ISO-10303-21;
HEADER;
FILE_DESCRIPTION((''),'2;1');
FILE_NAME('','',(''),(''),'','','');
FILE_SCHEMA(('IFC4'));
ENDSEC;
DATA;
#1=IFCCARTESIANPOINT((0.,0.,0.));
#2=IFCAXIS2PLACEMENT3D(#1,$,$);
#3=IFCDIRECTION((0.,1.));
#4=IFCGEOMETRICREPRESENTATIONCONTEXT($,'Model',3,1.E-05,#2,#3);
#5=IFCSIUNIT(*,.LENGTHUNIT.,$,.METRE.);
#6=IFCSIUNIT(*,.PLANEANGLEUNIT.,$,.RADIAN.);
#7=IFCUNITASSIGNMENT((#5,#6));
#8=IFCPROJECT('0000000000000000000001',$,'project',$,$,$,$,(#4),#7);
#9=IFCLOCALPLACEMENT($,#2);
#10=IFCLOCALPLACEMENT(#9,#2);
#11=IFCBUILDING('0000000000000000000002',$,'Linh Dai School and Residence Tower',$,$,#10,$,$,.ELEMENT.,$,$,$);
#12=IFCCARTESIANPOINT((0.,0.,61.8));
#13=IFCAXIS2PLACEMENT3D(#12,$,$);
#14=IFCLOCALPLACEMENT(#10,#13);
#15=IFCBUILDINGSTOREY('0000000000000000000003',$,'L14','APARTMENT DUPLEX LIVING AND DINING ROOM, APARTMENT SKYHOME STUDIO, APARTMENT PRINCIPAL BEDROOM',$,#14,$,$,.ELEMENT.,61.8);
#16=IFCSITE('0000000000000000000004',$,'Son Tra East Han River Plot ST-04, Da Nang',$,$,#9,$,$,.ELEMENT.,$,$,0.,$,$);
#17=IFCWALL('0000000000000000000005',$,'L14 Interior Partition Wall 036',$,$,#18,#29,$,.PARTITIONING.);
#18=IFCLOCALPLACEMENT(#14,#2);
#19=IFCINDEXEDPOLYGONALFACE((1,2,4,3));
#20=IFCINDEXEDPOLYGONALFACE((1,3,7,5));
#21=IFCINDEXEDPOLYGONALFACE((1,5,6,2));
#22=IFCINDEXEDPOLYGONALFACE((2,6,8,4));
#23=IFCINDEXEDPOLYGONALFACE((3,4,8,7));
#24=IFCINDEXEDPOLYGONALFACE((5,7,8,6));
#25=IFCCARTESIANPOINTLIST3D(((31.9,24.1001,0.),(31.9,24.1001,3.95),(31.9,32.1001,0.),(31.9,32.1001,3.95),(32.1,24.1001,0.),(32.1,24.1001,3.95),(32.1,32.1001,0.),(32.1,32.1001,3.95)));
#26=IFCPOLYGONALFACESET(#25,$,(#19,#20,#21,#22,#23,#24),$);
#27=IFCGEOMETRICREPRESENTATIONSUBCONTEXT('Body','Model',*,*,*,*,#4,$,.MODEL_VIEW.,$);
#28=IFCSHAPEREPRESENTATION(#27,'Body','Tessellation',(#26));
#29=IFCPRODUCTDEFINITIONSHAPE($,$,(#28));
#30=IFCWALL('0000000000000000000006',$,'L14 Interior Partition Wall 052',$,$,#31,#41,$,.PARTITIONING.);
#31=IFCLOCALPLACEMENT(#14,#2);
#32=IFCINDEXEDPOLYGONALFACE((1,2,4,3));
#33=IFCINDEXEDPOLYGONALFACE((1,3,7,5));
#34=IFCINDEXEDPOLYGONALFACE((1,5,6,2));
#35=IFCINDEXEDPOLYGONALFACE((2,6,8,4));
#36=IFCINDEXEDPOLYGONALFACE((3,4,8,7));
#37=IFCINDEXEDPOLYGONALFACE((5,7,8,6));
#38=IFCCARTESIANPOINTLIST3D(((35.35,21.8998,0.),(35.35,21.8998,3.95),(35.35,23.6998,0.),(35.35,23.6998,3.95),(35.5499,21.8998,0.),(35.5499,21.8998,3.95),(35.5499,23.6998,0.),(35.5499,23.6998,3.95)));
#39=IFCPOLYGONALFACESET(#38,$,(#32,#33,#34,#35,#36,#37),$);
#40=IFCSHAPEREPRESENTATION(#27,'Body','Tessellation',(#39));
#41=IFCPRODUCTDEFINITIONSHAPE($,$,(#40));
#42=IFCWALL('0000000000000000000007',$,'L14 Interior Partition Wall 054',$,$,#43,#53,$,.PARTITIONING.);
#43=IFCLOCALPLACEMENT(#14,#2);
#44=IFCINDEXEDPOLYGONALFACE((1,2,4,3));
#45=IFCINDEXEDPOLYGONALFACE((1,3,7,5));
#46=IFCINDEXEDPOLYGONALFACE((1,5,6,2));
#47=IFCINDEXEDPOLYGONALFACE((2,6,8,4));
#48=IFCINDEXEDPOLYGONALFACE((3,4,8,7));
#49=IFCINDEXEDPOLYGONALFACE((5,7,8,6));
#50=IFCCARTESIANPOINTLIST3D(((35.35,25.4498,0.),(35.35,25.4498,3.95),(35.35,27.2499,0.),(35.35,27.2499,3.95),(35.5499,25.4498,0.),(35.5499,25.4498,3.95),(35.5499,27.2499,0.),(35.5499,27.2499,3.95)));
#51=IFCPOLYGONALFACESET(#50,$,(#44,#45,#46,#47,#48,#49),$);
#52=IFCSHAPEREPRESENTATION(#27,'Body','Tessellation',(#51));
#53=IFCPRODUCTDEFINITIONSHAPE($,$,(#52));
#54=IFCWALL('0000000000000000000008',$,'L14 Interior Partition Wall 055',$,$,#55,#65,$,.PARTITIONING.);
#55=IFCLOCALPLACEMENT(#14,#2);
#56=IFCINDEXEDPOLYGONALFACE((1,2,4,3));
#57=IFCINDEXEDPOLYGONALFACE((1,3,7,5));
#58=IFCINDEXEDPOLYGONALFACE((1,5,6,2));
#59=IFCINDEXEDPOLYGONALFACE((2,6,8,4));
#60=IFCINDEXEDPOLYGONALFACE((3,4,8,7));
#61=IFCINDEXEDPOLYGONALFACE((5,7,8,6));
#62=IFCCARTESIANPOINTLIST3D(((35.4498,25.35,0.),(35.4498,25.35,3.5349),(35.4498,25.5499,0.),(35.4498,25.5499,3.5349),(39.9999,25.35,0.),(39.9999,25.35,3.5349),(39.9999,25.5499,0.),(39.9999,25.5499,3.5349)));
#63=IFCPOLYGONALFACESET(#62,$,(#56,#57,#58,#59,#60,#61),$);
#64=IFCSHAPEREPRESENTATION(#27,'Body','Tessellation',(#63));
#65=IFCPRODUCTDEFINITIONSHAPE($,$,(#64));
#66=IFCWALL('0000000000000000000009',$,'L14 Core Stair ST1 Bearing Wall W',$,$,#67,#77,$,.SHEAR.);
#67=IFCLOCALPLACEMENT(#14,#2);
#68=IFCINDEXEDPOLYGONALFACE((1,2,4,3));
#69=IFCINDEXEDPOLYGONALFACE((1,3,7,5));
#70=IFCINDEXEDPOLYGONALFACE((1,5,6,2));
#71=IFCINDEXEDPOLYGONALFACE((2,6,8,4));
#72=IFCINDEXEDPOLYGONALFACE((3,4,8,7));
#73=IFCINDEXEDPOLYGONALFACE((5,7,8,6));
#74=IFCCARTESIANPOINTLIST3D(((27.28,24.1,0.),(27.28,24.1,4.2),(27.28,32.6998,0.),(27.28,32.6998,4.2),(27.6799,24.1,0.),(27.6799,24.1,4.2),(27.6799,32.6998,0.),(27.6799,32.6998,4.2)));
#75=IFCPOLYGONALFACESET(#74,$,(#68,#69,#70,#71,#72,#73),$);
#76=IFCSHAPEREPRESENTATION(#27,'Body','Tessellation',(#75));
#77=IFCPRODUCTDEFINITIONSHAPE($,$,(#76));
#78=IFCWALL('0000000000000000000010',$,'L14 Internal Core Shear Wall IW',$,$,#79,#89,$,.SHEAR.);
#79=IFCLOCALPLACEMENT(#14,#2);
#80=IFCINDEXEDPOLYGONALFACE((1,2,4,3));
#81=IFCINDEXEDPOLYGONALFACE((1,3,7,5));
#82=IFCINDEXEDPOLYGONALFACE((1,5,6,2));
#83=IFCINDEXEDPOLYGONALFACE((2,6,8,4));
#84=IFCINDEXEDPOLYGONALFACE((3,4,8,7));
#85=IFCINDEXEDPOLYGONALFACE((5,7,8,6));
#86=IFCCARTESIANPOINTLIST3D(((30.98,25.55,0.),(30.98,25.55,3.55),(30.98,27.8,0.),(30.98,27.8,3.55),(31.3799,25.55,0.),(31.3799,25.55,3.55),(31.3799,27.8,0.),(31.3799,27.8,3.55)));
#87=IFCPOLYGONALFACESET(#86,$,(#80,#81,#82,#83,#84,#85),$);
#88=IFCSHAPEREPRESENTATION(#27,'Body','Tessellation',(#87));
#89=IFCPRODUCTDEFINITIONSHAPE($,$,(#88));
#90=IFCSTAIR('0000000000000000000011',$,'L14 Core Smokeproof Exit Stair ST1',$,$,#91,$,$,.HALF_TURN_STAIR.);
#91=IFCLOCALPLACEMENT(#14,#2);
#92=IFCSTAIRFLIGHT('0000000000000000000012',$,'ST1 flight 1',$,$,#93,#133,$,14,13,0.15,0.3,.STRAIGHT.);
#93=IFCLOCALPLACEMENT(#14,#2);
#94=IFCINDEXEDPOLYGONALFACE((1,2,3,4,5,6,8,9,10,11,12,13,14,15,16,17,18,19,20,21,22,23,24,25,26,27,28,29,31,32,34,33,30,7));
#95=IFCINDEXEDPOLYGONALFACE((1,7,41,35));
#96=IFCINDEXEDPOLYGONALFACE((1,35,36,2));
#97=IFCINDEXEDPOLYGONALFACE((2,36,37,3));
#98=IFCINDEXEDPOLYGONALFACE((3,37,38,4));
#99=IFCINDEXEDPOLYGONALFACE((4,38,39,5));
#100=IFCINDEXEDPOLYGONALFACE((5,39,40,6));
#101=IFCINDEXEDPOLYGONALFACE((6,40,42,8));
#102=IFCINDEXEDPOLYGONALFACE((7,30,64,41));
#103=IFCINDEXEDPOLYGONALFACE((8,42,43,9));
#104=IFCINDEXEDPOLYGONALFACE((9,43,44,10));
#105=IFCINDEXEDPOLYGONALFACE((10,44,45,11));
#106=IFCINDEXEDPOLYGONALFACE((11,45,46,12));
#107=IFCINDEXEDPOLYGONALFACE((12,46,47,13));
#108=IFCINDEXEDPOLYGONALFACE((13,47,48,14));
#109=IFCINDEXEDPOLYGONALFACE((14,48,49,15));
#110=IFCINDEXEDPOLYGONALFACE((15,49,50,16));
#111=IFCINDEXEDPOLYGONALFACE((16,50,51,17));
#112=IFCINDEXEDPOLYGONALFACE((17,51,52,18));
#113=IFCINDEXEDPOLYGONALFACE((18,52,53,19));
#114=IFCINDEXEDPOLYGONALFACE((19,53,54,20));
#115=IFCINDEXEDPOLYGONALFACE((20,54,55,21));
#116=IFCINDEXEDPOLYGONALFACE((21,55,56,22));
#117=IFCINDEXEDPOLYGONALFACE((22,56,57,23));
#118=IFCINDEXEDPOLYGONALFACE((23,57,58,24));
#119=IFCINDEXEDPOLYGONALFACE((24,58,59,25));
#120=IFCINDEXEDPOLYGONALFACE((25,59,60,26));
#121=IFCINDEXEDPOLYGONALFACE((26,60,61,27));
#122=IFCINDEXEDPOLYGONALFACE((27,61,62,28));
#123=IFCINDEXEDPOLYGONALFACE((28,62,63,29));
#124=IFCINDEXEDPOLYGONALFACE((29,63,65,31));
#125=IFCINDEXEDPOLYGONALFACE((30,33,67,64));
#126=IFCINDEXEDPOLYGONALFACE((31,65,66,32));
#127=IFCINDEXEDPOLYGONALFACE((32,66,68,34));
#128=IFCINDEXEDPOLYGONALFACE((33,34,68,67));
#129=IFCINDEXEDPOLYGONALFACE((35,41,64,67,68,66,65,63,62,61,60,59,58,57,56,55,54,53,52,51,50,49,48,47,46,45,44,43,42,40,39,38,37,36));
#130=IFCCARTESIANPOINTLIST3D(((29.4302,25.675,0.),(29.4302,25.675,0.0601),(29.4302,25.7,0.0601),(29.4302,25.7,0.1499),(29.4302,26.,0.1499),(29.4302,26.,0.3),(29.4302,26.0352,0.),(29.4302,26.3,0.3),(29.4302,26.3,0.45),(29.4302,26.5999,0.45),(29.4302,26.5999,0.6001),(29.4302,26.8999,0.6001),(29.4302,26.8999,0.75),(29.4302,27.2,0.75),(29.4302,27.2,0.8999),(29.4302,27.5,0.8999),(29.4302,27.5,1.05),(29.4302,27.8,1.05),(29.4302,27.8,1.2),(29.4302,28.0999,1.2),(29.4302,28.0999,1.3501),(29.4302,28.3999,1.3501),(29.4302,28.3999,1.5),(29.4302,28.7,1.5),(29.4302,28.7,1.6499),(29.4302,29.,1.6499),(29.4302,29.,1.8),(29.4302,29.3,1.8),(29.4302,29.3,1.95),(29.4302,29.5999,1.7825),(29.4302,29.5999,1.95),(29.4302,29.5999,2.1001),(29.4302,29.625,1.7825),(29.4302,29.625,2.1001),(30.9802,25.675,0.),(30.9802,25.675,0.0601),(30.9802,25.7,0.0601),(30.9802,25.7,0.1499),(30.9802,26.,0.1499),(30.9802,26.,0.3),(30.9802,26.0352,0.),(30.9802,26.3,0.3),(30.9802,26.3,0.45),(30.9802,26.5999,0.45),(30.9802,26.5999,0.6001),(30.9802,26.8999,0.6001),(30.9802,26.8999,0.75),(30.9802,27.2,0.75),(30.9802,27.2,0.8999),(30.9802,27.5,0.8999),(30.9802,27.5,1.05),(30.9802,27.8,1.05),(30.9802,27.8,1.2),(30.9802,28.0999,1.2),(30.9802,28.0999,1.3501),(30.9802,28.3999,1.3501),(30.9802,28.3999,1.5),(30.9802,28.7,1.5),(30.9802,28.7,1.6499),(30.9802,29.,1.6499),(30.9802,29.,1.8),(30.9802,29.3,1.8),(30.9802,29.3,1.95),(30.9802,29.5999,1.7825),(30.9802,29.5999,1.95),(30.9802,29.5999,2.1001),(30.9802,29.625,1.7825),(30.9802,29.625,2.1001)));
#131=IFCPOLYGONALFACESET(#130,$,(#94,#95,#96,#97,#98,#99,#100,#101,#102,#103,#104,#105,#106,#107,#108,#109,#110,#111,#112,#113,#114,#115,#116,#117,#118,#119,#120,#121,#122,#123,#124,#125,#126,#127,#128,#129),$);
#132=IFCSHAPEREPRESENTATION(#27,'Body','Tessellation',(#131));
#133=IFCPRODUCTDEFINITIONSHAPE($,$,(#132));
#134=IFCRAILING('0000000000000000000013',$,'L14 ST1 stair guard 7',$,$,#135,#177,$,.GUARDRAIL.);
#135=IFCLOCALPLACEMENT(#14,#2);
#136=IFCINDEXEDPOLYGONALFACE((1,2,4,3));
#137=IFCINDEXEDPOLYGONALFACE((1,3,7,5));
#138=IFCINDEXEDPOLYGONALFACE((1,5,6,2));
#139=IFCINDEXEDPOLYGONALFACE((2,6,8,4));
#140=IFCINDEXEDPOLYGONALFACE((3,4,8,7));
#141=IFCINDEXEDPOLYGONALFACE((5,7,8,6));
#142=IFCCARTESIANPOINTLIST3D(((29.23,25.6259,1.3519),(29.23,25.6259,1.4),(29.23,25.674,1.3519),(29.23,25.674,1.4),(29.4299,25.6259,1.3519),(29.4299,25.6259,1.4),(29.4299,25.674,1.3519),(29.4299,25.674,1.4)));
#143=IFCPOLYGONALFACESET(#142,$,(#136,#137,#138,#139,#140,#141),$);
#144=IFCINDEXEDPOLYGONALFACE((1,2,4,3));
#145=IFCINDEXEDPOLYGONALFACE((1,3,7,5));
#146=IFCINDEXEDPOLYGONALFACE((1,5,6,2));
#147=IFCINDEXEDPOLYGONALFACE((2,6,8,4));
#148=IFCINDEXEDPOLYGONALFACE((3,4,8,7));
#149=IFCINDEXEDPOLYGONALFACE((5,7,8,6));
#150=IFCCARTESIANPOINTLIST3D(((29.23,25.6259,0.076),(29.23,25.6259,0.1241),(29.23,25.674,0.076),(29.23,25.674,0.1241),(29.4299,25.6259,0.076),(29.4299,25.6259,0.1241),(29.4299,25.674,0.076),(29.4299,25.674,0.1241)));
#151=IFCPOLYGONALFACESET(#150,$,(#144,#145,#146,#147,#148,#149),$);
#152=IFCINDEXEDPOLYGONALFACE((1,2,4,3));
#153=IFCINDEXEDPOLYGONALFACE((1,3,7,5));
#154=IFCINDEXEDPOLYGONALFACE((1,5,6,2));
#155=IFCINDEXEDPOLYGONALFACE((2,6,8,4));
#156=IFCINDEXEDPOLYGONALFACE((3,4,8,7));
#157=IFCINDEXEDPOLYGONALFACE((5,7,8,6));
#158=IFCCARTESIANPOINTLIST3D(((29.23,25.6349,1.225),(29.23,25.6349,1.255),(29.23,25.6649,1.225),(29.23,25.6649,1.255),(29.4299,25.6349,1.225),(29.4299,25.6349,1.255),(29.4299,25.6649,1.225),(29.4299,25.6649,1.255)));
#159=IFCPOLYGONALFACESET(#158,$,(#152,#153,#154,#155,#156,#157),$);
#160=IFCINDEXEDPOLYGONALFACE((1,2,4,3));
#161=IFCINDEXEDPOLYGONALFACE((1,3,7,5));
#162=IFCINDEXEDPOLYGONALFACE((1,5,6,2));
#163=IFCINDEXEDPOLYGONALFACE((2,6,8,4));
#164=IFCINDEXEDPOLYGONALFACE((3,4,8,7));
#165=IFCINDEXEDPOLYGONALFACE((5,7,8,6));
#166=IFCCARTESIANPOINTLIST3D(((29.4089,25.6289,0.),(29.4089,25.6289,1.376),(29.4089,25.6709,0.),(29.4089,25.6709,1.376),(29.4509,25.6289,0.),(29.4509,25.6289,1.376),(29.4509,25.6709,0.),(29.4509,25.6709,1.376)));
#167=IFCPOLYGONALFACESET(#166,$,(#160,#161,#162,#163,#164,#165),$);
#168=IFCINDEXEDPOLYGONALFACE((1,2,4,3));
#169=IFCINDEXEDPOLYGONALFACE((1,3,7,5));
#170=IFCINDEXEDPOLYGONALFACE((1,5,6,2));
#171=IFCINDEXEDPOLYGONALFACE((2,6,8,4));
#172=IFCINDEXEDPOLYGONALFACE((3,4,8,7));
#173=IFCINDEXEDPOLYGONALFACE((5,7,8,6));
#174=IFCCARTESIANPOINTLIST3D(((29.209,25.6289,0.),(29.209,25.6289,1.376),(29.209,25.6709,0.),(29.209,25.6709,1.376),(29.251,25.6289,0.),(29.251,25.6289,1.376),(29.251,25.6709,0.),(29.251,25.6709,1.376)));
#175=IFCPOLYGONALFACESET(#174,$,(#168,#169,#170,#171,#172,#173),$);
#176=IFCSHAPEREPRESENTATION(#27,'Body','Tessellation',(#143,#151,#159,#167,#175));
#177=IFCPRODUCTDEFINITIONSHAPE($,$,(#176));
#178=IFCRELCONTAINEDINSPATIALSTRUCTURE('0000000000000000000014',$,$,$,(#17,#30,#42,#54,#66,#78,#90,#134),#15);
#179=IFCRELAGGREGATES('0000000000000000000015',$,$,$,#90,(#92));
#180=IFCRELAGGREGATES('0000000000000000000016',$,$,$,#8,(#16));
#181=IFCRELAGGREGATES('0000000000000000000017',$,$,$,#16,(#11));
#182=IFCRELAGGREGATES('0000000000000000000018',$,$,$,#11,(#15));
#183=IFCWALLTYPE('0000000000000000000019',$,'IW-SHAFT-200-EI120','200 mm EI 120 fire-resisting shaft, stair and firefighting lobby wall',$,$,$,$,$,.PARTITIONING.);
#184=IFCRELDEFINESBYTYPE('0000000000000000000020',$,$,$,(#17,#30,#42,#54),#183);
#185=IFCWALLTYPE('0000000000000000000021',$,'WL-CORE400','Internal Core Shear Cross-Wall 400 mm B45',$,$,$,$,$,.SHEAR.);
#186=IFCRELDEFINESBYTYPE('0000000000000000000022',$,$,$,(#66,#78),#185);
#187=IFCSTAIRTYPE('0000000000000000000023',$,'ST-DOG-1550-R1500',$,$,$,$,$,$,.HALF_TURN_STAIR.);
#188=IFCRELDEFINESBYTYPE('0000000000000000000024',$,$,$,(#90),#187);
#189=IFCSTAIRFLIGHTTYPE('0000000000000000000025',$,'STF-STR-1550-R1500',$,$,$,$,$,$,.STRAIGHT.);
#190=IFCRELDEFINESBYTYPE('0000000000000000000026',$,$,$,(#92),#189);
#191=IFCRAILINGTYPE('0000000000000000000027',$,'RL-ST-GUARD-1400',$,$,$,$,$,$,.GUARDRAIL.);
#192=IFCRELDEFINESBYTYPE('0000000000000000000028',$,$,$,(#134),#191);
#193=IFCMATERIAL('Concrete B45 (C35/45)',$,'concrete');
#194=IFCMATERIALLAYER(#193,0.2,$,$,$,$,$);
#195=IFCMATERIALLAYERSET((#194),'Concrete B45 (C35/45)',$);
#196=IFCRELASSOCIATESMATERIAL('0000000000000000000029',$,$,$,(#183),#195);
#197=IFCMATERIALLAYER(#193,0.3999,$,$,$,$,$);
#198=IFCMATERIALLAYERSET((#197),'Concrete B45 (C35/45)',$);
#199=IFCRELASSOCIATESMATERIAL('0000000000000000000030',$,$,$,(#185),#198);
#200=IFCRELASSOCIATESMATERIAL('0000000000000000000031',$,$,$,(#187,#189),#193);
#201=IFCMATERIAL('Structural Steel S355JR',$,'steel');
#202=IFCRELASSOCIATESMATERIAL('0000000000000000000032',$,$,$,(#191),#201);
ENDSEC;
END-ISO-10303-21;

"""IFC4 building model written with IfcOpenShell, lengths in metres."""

from ifc_helpers import new_model, si_unit, direction, frame, frame_2d, origin, origin_2d, place, context, subcontext, project, spatial, polyline, rectangle, outline, extrude, source, transform, mapped, material, layer, layer_set, type_object, element, aggregate, save


model = new_model("IFC4")

# Units and contexts
model_context = context("Model", 3, precision=1e-05, world=origin(), true_north=direction((0.0, 1.0)))
body_context = subcontext(model_context, "Body", "Model", "MODEL_VIEW")
ifc_project = project(units=[si_unit("LENGTHUNIT", "METRE"), si_unit("PLANEANGLEUNIT", "RADIAN")], contexts=[model_context])

# Site, building, storey
site_placement = place(None, origin())
site = spatial("IfcSite", under=ifc_project, at=site_placement, Name="Son Tra East Han River Plot ST-04, Da Nang", CompositionType="ELEMENT", RefElevation=0.0)
building_placement = place(site_placement, origin())
building = spatial("IfcBuilding", under=site, at=building_placement, Name="Linh Dai School and Residence Tower", CompositionType="ELEMENT")
storey_placement = place(building_placement, frame((0.0, 0.0, 61.8)))
storey = spatial("IfcBuildingStorey", under=building, at=storey_placement, Name="L14", Description="APARTMENT DUPLEX LIVING AND DINING ROOM, APARTMENT SKYHOME STUDIO, APARTMENT PRINCIPAL BEDROOM", CompositionType="ELEMENT", Elevation=61.8)

# Shared definitions
ifc_material_1 = material(Name="Structural Steel S355JR", Category="steel")

# Shared definitions
ifc_material_2 = material(Name="Concrete B45 (C35/45)", Category="concrete")
ifc_layer_1 = layer(ifc_material_2, 0.2)
ifc_layer_set_1 = layer_set([ifc_layer_1], Name="Concrete B45 (C35/45)")
wall_type_1 = type_object("IfcWallType", Name="IW-SHAFT-200-EI120", Description="200 mm EI 120 fire-resisting shaft, stair and firefighting lobby wall", PredefinedType="PARTITIONING", material=ifc_layer_set_1)

# Wall
wall_1_placement = place(storey_placement, frame((32.0, 24.1001, 0.0), z_axis=(0.0, 0.0, 1.0), x_axis=(0.0, 1.0, 0.0)))
element("IfcWall", 1, at=wall_1_placement, inside=storey, type_object=wall_type_1, Name="L14 Interior Partition Wall 036", PredefinedType="PARTITIONING", context=body_context, shape_type="SweptSolid", body=[
    extrude(rectangle(XDim=8.0, YDim=0.2, at=frame_2d((4.0, 0.0))), origin(), (0.0, 0.0, 1.0), 3.95),
])

# Wall
wall_2_placement = place(storey_placement, frame((35.45, 21.8999, 0.0), z_axis=(0.0, 0.0, 1.0), x_axis=(0.0, 1.0, 0.0)))
element("IfcWall", 2, at=wall_2_placement, inside=storey, type_object=wall_type_1, Name="L14 Interior Partition Wall 052", PredefinedType="PARTITIONING", context=body_context, shape_type="SweptSolid", body=[
    extrude(rectangle(XDim=1.8, YDim=0.2, at=frame_2d((0.8999, 0.0))), origin(), (0.0, 0.0, 1.0), 3.95),
])

# Walls
wall_3_placement = place(storey_placement, frame((35.45, 25.45, 0.0), z_axis=(0.0, 0.0, 1.0), x_axis=(0.0, 1.0, 0.0)))
element("IfcWall", 3, at=wall_3_placement, inside=storey, type_object=wall_type_1, Name="L14 Interior Partition Wall 054", PredefinedType="PARTITIONING", context=body_context, shape_type="SweptSolid", body=[
    extrude(rectangle(XDim=1.8, YDim=0.2, at=frame_2d((0.8999, 0.0))), origin(), (0.0, 0.0, 1.0), 3.95),
])
wall_4_placement = place(storey_placement, frame((35.45, 25.45, 0.0), z_axis=(0.0, 0.0, 1.0), x_axis=(1.0, 0.0, 0.0)))
element("IfcWall", 4, at=wall_4_placement, inside=storey, type_object=wall_type_1, Name="L14 Interior Partition Wall 055", PredefinedType="PARTITIONING", context=body_context, shape_type="SweptSolid", body=[
    extrude(rectangle(XDim=4.55, YDim=0.2, at=frame_2d((2.2749, 0.0))), origin(), (0.0, 0.0, 1.0), 3.5349),
])
ifc_layer_2 = layer(ifc_material_2, 0.3999)
ifc_layer_set_2 = layer_set([ifc_layer_2], Name="Concrete B45 (C35/45)")
wall_type_2 = type_object("IfcWallType", Name="WL-CORE400", Description="Internal Core Shear Cross-Wall 400 mm B45", PredefinedType="SHEAR", material=ifc_layer_set_2)
wall_5_placement = place(storey_placement, frame((27.48, 24.1001, 0.0), z_axis=(0.0, 0.0, 1.0), x_axis=(0.0, 1.0, 0.0)))
element("IfcWall", 5, at=wall_5_placement, inside=storey, type_object=wall_type_2, Name="L14 Core Stair ST1 Bearing Wall W", PredefinedType="SHEAR", context=body_context, shape_type="SweptSolid", body=[
    extrude(rectangle(XDim=8.5999, YDim=0.3999, at=frame_2d((4.2998, 0.0))), origin(), (0.0, 0.0, 1.0), 4.2),
])
wall_6_placement = place(storey_placement, frame((31.1799, 25.55, 0.0), z_axis=(0.0, 0.0, 1.0), x_axis=(0.0, 1.0, 0.0)))
element("IfcWall", 6, at=wall_6_placement, inside=storey, type_object=wall_type_2, Name="L14 Internal Core Shear Wall IW", PredefinedType="SHEAR", context=body_context, shape_type="SweptSolid", body=[
    extrude(rectangle(XDim=2.25, YDim=0.3999, at=frame_2d((1.125, 0.0))), origin(), (0.0, 0.0, 1.0), 3.55),
])

# Stair, stair flight
stair_type = type_object("IfcStairType", Name="ST-DOG-1550-R1500", PredefinedType="HALF_TURN_STAIR", material=ifc_material_2)
stair_placement = place(storey_placement, origin())
stair = element("IfcStair", 7, at=stair_placement, inside=storey, type_object=stair_type, Name="L14 Core Smokeproof Exit Stair ST1", PredefinedType="HALF_TURN_STAIR")
stair_flight_type = type_object("IfcStairFlightType", Name="STF-STR-1550-R1500", PredefinedType="STRAIGHT", material=ifc_material_2)
shared_shape_1 = source(origin(), body_context, "Body", "SweptSolid", [
    extrude(outline(polyline([(-0.0249, 0.0), (-0.0249, 0.0601), (0.0, 0.0601), (0.0, 0.1499), (0.3, 0.1499), (0.3, 0.3), (0.6001, 0.3), (0.6001, 0.45), (0.8999, 0.45), (0.8999, 0.6001), (1.2, 0.6001), (1.2, 0.75), (1.5, 0.75), (1.5, 0.8999), (1.8, 0.8999), (1.8, 1.05), (2.1001, 1.05), (2.1001, 1.2), (2.3999, 1.2), (2.3999, 1.3501), (2.7, 1.3501), (2.7, 1.5), (3.0, 1.5), (3.0, 1.6499), (3.3, 1.6499), (3.3, 1.8), (3.6001, 1.8), (3.6001, 1.95), (3.8999, 1.95), (3.8999, 2.1001), (3.925, 2.1001), (3.925, 1.7825), (3.8999, 1.7825), (0.3352, 0.0), (-0.0249, 0.0)])), frame((0.0, 0.7749, 0.0), z_axis=(0.0, -1.0, 0.0), x_axis=(1.0, 0.0, 0.0)), (0.0, 0.0, 1.0), 1.55),
])
stair_flight_placement = place(storey_placement, frame((30.2051, 25.7, 0.0), z_axis=(0.0, 0.0, 1.0), x_axis=(0.0, 1.0, 0.0)))
stair_flight = element("IfcStairFlight", 8, at=stair_flight_placement, type_object=stair_flight_type, Name="ST1 flight 1", NumberOfRisers=14, NumberOfTreads=13, PredefinedType="STRAIGHT", RiserHeight=0.15, TreadLength=0.3, context=body_context, shape_type="MappedRepresentation", body=[
    mapped(shared_shape_1, transform((0.0, 0.0, 0.0), x_axis=(1.0, 0.0, 0.0), y_axis=(0.0, 1.0, 0.0), z_axis=(0.0, 0.0, 1.0), scale=1.0)),
])
aggregate(stair, [stair_flight])

# Railing
railing_type_1 = type_object("IfcRailingType", Name="RL-ST-GUARD-1400", PredefinedType="GUARDRAIL", material=ifc_material_1)
shared_shape_2 = source(origin(), body_context, "Body", "SweptSolid", [
    extrude(rectangle(XDim=0.0481, YDim=0.0481, at=origin_2d()), frame((0.0, 0.0, 1.376), z_axis=(-1.0, 0.0, 0.0), x_axis=(0.0, -1.0, 0.0)), (0.0, 0.0, 1.0), 0.2),
    extrude(rectangle(XDim=0.0481, YDim=0.0481, at=origin_2d()), frame((0.0, 0.0, 0.1001), z_axis=(-1.0, 0.0, 0.0), x_axis=(0.0, -1.0, 0.0)), (0.0, 0.0, 1.0), 0.2),
    extrude(rectangle(XDim=0.03, YDim=0.03, at=origin_2d()), frame((0.0, 0.0, 1.24), z_axis=(-1.0, 0.0, 0.0), x_axis=(0.0, -1.0, 0.0)), (0.0, 0.0, 1.0), 0.2),
    extrude(rectangle(XDim=0.042, YDim=0.042, at=origin_2d()), origin(), (0.0, 0.0, 1.0), 1.376),
    extrude(rectangle(XDim=0.042, YDim=0.042, at=origin_2d()), frame((-0.2, 0.0, 0.0)), (0.0, 0.0, 1.0), 1.376),
])
railing_1_placement = place(storey_placement, frame((29.4299, 25.6499, 0.0)))
element("IfcRailing", 9, at=railing_1_placement, inside=storey, type_object=railing_type_1, Name="L14 ST1 stair guard 7", PredefinedType="GUARDRAIL", context=body_context, shape_type="MappedRepresentation", body=[
    mapped(shared_shape_2, transform((0.0, 0.0, 0.0), x_axis=(1.0, 0.0, 0.0), y_axis=(0.0, 1.0, 0.0), z_axis=(0.0, 0.0, 1.0), scale=1.0)),
])

save(model, "model.ifc")
